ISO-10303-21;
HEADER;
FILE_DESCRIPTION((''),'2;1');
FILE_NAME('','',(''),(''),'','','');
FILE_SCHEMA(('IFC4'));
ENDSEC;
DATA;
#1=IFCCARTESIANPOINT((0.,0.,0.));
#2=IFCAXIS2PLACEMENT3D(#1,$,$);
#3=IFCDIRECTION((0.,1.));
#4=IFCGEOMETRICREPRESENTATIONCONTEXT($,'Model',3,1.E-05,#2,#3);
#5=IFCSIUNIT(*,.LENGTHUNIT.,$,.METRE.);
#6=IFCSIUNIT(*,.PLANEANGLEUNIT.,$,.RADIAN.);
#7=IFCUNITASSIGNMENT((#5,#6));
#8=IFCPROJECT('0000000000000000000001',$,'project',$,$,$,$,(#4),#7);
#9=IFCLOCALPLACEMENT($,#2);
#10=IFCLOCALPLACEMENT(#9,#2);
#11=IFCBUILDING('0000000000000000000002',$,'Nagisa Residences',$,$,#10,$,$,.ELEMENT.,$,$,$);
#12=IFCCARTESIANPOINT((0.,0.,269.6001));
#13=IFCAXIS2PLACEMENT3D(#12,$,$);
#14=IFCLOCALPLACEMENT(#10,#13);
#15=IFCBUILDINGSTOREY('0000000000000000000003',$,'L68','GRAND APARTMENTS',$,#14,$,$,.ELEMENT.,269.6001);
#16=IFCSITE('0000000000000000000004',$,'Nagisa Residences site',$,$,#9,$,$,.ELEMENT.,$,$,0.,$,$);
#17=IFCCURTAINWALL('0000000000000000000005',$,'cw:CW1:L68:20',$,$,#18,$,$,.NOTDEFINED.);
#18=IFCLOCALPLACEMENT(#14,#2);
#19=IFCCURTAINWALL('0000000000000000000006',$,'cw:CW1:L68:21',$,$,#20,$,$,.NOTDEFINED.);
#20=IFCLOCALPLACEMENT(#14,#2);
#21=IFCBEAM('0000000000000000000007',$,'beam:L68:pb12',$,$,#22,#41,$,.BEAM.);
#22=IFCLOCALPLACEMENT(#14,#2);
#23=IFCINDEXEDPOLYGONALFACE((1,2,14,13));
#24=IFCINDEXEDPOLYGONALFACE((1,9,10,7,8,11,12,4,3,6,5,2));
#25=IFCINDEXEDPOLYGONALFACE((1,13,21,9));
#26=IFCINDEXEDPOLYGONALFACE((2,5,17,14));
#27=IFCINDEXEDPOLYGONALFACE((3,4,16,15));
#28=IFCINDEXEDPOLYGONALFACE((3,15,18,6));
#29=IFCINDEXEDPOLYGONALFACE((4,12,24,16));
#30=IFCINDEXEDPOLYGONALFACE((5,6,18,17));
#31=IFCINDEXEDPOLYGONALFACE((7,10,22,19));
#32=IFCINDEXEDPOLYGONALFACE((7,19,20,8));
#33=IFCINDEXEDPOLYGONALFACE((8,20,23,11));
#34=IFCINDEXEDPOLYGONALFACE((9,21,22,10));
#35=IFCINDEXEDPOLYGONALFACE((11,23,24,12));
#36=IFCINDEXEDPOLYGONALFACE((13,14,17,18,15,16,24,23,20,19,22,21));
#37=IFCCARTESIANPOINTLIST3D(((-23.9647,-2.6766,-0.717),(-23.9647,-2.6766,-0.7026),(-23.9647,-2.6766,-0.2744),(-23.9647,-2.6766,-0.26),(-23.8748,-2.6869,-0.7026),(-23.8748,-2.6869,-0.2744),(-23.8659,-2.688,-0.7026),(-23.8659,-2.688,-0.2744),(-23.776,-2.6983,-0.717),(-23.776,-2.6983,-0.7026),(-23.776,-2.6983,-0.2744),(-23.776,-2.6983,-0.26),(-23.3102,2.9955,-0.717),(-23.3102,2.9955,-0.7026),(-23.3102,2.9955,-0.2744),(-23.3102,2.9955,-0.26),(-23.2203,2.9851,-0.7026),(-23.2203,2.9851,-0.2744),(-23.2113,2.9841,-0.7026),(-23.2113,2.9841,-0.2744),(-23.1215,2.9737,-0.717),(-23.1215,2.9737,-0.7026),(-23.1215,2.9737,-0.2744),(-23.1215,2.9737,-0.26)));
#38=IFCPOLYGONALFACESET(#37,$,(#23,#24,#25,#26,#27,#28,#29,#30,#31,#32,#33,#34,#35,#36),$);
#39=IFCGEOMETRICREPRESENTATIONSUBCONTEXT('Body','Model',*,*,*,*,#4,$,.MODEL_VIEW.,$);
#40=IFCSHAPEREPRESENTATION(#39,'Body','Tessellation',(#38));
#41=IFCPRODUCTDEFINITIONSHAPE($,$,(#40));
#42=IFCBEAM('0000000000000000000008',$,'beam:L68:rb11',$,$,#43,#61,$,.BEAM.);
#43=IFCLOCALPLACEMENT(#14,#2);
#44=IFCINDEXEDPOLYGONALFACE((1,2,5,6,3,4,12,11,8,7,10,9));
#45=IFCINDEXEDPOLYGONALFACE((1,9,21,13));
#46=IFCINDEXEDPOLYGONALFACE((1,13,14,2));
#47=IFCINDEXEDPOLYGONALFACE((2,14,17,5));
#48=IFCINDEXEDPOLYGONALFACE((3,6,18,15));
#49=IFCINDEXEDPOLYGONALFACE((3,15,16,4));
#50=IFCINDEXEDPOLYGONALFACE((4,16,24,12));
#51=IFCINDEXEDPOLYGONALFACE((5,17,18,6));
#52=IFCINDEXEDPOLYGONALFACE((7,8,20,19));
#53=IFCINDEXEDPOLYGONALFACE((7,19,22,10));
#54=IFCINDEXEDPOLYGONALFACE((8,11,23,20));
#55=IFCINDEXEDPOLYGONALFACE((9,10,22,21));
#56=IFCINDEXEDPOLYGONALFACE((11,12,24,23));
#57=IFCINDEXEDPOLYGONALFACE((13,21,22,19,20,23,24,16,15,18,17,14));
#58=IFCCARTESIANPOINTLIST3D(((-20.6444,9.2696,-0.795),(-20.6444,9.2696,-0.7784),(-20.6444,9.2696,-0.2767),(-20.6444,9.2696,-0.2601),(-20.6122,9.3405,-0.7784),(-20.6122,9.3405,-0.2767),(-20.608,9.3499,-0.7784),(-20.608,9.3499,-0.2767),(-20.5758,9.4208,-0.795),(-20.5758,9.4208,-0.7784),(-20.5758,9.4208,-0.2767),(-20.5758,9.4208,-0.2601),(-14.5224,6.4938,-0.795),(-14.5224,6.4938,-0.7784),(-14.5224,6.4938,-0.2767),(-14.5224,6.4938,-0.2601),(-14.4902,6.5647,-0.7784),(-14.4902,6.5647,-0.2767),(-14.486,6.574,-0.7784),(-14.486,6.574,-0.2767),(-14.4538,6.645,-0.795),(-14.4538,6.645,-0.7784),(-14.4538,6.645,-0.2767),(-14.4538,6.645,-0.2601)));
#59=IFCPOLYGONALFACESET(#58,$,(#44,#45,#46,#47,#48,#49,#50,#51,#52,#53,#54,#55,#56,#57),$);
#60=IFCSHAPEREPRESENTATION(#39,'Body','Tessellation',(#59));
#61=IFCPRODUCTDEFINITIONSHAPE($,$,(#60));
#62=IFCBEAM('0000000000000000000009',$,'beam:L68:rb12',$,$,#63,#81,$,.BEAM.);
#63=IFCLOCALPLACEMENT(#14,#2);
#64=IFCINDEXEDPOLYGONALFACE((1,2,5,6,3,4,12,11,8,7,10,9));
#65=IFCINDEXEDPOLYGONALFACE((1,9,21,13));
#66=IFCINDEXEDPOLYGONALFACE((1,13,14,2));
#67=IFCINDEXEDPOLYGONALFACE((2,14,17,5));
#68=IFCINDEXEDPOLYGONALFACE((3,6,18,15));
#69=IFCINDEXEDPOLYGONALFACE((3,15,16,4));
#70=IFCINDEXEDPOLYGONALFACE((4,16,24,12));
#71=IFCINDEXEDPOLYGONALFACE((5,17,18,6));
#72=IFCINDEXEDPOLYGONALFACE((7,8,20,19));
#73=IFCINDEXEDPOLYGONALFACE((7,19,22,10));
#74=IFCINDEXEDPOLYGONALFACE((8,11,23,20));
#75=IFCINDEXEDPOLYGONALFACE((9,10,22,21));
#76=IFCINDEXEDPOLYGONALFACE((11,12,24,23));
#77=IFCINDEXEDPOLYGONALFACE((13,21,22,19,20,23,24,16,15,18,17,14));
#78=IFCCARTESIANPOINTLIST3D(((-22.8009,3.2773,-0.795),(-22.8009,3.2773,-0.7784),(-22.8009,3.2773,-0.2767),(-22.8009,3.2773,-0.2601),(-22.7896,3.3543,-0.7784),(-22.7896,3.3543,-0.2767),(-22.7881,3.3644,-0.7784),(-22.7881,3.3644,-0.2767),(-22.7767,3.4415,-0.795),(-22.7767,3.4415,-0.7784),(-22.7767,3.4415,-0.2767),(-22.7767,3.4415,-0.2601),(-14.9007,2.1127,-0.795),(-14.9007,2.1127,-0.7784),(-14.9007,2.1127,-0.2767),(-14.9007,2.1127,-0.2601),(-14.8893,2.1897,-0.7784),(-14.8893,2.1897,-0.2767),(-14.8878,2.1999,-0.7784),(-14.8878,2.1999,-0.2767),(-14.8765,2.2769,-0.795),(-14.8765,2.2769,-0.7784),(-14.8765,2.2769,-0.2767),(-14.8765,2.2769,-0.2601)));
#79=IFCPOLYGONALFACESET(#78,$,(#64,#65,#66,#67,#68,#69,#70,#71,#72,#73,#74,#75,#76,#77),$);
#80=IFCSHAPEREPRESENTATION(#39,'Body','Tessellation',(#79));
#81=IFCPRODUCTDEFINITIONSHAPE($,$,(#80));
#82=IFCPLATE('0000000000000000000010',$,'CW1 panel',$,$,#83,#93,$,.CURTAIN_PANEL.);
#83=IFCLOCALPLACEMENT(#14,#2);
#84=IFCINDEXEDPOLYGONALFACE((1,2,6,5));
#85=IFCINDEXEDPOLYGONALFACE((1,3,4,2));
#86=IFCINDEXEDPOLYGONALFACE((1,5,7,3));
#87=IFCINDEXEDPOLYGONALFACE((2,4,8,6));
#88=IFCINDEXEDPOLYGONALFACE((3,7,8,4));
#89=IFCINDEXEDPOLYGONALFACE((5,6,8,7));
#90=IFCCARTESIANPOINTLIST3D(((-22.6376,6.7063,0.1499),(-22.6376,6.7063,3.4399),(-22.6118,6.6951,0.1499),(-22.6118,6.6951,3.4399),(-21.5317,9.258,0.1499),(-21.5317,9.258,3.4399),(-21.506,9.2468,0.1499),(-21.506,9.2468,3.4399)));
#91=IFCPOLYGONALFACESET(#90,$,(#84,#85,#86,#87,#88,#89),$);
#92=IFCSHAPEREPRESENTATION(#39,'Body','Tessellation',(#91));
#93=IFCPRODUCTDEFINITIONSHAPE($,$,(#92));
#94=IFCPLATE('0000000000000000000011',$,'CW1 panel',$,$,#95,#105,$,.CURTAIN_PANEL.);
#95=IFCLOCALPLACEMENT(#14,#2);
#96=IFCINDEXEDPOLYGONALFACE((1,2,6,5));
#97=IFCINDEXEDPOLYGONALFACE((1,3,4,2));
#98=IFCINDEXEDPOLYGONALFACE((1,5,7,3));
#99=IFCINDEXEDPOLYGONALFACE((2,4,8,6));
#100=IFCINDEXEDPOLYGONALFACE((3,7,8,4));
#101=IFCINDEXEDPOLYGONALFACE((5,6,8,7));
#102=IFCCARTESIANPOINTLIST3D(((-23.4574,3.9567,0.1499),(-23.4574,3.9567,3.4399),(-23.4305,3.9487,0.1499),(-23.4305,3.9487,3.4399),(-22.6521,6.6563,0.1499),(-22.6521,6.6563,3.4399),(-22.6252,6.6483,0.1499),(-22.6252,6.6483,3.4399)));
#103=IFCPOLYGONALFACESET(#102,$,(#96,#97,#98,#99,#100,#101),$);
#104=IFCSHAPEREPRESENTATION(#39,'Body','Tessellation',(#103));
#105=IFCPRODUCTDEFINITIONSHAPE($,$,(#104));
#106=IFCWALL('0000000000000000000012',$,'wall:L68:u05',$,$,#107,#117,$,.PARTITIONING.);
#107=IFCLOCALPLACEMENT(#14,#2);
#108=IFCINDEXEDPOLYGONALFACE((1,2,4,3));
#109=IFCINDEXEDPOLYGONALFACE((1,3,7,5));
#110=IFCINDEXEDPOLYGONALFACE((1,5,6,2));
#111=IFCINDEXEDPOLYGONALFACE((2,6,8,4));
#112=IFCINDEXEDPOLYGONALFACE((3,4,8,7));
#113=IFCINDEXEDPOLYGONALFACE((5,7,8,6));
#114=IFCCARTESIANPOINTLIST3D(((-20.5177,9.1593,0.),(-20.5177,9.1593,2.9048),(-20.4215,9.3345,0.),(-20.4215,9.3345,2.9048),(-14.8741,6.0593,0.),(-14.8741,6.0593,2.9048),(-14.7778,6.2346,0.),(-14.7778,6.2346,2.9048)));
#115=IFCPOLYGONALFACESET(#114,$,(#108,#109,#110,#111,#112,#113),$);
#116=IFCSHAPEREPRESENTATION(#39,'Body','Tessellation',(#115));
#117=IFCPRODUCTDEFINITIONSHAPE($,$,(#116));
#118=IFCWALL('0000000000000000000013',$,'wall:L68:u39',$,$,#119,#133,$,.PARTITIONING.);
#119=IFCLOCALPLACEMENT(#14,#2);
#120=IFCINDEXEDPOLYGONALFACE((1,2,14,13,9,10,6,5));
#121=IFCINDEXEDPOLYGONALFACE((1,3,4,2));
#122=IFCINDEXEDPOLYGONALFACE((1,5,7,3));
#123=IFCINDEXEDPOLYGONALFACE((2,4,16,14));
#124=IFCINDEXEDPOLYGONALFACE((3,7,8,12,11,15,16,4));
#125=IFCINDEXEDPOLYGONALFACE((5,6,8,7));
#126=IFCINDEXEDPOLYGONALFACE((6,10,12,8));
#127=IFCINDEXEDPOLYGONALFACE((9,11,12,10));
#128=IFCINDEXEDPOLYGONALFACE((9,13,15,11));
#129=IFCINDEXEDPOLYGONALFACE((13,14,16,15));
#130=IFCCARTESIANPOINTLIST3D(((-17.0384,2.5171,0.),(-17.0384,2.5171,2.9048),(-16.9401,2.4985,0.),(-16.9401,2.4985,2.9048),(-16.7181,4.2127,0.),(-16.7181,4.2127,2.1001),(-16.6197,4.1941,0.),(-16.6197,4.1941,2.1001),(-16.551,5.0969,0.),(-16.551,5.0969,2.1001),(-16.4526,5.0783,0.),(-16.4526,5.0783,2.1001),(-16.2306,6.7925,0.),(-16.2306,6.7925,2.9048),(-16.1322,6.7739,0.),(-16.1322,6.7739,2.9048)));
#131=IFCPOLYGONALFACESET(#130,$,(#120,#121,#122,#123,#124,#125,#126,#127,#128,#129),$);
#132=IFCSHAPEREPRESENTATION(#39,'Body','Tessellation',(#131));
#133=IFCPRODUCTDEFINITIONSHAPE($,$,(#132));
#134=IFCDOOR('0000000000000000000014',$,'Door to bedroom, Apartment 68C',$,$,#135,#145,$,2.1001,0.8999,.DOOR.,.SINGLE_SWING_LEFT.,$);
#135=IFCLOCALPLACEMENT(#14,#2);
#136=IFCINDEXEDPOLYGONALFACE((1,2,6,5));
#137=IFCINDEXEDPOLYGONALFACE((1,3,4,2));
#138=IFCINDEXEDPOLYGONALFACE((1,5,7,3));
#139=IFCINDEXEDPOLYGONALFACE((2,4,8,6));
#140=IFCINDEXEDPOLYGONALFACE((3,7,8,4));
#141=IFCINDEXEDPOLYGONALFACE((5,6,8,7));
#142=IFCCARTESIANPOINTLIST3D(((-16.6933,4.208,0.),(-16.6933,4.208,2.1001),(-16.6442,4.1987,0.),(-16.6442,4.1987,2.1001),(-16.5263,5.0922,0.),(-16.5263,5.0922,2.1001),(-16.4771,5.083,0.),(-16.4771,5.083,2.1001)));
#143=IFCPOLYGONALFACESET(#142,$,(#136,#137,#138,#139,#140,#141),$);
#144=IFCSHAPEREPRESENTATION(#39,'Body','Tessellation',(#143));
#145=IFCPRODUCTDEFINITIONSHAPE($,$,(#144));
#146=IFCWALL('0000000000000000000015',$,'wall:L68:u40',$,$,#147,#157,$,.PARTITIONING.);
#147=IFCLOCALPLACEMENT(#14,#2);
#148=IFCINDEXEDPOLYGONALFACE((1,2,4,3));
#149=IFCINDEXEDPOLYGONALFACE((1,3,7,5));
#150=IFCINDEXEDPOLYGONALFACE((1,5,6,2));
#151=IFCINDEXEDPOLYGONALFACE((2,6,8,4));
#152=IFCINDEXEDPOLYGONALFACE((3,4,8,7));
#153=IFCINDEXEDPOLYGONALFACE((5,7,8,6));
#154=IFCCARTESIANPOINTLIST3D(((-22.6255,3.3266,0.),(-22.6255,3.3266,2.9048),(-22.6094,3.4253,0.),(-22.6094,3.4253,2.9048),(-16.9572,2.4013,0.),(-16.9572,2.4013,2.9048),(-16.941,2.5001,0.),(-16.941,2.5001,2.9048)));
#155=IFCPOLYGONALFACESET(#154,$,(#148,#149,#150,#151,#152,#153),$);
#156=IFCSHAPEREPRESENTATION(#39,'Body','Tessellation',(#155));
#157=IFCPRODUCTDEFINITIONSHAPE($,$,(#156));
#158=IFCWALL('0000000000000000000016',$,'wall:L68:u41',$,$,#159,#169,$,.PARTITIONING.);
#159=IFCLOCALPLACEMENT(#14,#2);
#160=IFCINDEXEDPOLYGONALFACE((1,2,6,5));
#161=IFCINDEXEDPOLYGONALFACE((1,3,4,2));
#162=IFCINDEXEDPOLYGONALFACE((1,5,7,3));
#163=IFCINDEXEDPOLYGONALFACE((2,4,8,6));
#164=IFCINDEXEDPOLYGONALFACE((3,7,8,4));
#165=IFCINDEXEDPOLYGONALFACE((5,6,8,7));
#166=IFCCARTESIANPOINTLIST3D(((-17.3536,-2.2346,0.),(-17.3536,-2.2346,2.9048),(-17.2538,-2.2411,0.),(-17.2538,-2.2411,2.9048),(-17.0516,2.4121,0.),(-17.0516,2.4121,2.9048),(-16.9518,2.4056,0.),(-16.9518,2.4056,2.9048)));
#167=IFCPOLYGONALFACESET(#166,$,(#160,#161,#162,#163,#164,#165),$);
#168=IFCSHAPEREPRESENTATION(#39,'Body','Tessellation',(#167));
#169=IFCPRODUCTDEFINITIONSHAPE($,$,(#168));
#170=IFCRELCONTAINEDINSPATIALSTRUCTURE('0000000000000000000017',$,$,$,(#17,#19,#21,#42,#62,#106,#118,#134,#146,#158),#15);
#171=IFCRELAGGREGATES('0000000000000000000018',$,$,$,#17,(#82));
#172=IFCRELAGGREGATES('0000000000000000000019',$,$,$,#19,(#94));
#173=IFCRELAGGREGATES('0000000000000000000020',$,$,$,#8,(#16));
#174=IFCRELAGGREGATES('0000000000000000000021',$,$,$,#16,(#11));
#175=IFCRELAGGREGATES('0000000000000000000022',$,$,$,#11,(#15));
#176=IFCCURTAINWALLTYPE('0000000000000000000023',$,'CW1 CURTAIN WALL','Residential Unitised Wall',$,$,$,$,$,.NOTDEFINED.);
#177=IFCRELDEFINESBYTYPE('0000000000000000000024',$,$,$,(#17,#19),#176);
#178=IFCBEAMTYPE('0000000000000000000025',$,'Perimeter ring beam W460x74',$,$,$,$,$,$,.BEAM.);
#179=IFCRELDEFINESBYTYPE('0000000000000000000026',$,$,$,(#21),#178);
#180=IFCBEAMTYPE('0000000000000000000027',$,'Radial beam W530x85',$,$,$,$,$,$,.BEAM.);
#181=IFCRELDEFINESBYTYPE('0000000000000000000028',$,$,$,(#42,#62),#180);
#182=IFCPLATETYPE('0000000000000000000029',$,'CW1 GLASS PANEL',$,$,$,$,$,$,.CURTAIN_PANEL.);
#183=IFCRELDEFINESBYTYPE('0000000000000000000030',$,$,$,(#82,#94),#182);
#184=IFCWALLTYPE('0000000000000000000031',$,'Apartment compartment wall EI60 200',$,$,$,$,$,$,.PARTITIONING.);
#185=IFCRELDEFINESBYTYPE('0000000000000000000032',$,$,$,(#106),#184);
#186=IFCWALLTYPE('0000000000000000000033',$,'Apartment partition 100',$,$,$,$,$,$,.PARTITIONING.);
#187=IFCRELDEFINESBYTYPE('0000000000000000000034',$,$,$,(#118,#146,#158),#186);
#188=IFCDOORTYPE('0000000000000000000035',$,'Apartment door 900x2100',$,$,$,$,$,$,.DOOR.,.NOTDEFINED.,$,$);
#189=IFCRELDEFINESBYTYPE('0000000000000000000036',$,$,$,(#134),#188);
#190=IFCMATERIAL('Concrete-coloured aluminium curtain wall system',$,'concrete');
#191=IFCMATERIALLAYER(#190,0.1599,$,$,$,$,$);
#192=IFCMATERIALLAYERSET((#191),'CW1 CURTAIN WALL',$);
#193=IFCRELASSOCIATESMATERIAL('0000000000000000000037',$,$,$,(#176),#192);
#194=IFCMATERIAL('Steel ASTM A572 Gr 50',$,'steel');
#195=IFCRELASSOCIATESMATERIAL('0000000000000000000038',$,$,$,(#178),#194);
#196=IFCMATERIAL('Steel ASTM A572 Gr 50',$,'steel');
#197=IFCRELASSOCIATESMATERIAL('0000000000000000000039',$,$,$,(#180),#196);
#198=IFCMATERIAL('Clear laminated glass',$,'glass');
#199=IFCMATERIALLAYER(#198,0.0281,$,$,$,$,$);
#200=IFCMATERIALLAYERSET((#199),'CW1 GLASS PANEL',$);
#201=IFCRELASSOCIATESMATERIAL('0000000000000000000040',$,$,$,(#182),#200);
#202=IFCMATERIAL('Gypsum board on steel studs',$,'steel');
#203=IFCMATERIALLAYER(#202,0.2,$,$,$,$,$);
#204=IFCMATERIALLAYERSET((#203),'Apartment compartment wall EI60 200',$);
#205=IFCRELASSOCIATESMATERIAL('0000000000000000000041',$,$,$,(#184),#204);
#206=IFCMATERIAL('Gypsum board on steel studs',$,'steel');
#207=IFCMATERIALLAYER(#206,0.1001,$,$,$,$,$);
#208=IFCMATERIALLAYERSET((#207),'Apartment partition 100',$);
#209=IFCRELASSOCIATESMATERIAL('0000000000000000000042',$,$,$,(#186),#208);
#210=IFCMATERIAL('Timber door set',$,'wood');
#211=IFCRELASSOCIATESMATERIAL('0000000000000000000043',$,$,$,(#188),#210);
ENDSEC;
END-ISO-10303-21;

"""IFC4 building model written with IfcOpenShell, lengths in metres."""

from ifc_helpers import new_model, si_unit, direction, frame, frame_2d, origin, origin_2d, place, context, subcontext, project, spatial, rectangle, i_section, extrude, material, layer, layer_set, material_profile, profile_set, type_object, element, fill, aggregate, save


model = new_model("IFC4")

# Units and contexts
model_context = context("Model", 3, precision=1e-05, world=origin(), true_north=direction((0.0, 1.0)))
body_context = subcontext(model_context, "Body", "Model", "MODEL_VIEW")
ifc_project = project(units=[si_unit("LENGTHUNIT", "METRE"), si_unit("PLANEANGLEUNIT", "RADIAN")], contexts=[model_context])

# Site, building, storey
site_placement = place(None, origin())
site = spatial("IfcSite", under=ifc_project, at=site_placement, Name="Nagisa Residences site", CompositionType="ELEMENT", RefElevation=0.0)
building_placement = place(site_placement, origin())
building = spatial("IfcBuilding", under=site, at=building_placement, Name="Nagisa Residences", CompositionType="ELEMENT")
storey_placement = place(building_placement, frame((0.0, 0.0, 269.6001)))
storey = spatial("IfcBuildingStorey", under=building, at=storey_placement, Name="L68", Description="GRAND APARTMENTS", CompositionType="ELEMENT", Elevation=269.6001)

# Curtain walls
ifc_material_1 = material(Name="Concrete-coloured aluminium curtain wall system", Category="concrete")
ifc_layer_1 = layer(ifc_material_1, 0.1599)
ifc_layer_set_1 = layer_set([ifc_layer_1], Name="CW1 CURTAIN WALL")
curtain_wall_type = type_object("IfcCurtainWallType", Name="CW1 CURTAIN WALL", Description="Residential Unitised Wall", PredefinedType="NOTDEFINED", material=ifc_layer_set_1)
curtain_wall_1_placement = place(storey_placement, origin())
curtain_wall_1 = element("IfcCurtainWall", 1, at=curtain_wall_1_placement, inside=storey, type_object=curtain_wall_type, Name="cw:CW1:L68:20", PredefinedType="NOTDEFINED")
curtain_wall_2_placement = place(storey_placement, origin())
curtain_wall_2 = element("IfcCurtainWall", 2, at=curtain_wall_2_placement, inside=storey, type_object=curtain_wall_type, Name="cw:CW1:L68:21", PredefinedType="NOTDEFINED")

# Beams
ifc_material_2 = material(Name="Steel ASTM A572 Gr 50", Category="steel")
ifc_material_profile_1 = material_profile(ifc_material_2, i_section(OverallWidth=0.1899, OverallDepth=0.457, WebThickness=0.009, FlangeThickness=0.0144, at=origin_2d()), Name="W460x74")
ifc_profile_set_1 = profile_set([ifc_material_profile_1], Name="Steel ASTM A572 Gr 50")
beam_type_1 = type_object("IfcBeamType", Name="Perimeter ring beam W460x74", PredefinedType="BEAM", material=ifc_profile_set_1)
beam_1_placement = place(storey_placement, frame((-23.2158, 2.9846, -0.4885), z_axis=(-0.114635, -0.993408, 0.0), x_axis=(0.993408, -0.114635, 0.0)))
element("IfcBeam", 3, at=beam_1_placement, inside=storey, type_object=beam_type_1, Name="beam:L68:pb12", PredefinedType="BEAM", context=body_context, shape_type="SweptSolid", body=[
    extrude(i_section(OverallWidth=0.1899, OverallDepth=0.457, WebThickness=0.009, FlangeThickness=0.0144, at=origin_2d()), origin(), (0.0, 0.0, 1.0), 5.7097),
])
ifc_material_3 = material(Name="Steel ASTM A572 Gr 50", Category="steel")
ifc_material_profile_2 = material_profile(ifc_material_3, i_section(OverallWidth=0.166, OverallDepth=0.5349, WebThickness=0.0103, FlangeThickness=0.0166, at=origin_2d()), Name="W530x85")
ifc_profile_set_2 = profile_set([ifc_material_profile_2], Name="Steel ASTM A572 Gr 50")
beam_type_2 = type_object("IfcBeamType", Name="Radial beam W530x85", PredefinedType="BEAM", material=ifc_profile_set_2)
beam_2_placement = place(storey_placement, frame((-20.6101, 9.3452, -0.5276), z_axis=(0.910752, -0.412954, 0.0), x_axis=(0.412954, 0.910752, 0.0)))
element("IfcBeam", 4, at=beam_2_placement, inside=storey, type_object=beam_type_2, Name="beam:L68:rb11", PredefinedType="BEAM", context=body_context, shape_type="SweptSolid", body=[
    extrude(i_section(OverallWidth=0.166, OverallDepth=0.5349, WebThickness=0.0103, FlangeThickness=0.0166, at=origin_2d()), origin(), (0.0, 0.0, 1.0), 6.7219),
])
beam_3_placement = place(storey_placement, frame((-22.7888, 3.3594, -0.5276), z_axis=(0.989309, -0.145833, 0.0), x_axis=(0.145833, 0.989309, 0.0)))
element("IfcBeam", 5, at=beam_3_placement, inside=storey, type_object=beam_type_2, Name="beam:L68:rb12", PredefinedType="BEAM", context=body_context, shape_type="SweptSolid", body=[
    extrude(i_section(OverallWidth=0.166, OverallDepth=0.5349, WebThickness=0.0103, FlangeThickness=0.0166, at=origin_2d()), origin(), (0.0, 0.0, 1.0), 7.9856),
])

# Plates
ifc_material_4 = material(Name="Clear laminated glass", Category="glass")
ifc_layer_2 = layer(ifc_material_4, 0.0281)
ifc_layer_set_2 = layer_set([ifc_layer_2], Name="CW1 GLASS PANEL")
plate_type = type_object("IfcPlateType", Name="CW1 GLASS PANEL", PredefinedType="CURTAIN_PANEL", material=ifc_layer_set_2)
plate_1_placement = place(storey_placement, frame((-22.0718, 7.9766, 0.1499), z_axis=(0.0, 0.0, 1.0), x_axis=(-0.397636, -0.917543, 0.0)))
plate_1 = element("IfcPlate", 6, at=plate_1_placement, type_object=plate_type, Name="CW1 panel", PredefinedType="CURTAIN_PANEL", context=body_context, shape_type="SweptSolid", body=[
    extrude(rectangle(XDim=2.781, YDim=0.0281, at=origin_2d()), origin(), (0.0, 0.0, 1.0), 3.29),
])
aggregate(curtain_wall_1, [plate_1])
plate_2_placement = place(storey_placement, frame((-23.0413, 5.3025, 0.1499), z_axis=(0.0, 0.0, 1.0), x_axis=(-0.28586, -0.958271, 0.0)))
plate_2 = element("IfcPlate", 7, at=plate_2_placement, type_object=plate_type, Name="CW1 panel", PredefinedType="CURTAIN_PANEL", context=body_context, shape_type="SweptSolid", body=[
    extrude(rectangle(XDim=2.8171, YDim=0.0281, at=origin_2d()), origin(), (0.0, 0.0, 1.0), 3.29),
])
aggregate(curtain_wall_2, [plate_2])

# Wall
ifc_material_5 = material(Name="Gypsum board on steel studs", Category="steel")
ifc_layer_3 = layer(ifc_material_5, 0.2)
ifc_layer_set_3 = layer_set([ifc_layer_3], Name="Apartment compartment wall EI60 200")
wall_type_1 = type_object("IfcWallType", Name="Apartment compartment wall EI60 200", PredefinedType="PARTITIONING", material=ifc_layer_set_3)
wall_1_placement = place(storey_placement, frame((-14.8259, 6.147, 0.0), z_axis=(0.0, 0.0, 1.0), x_axis=(-0.876485, 0.48143, 0.0)))
element("IfcWall", 8, at=wall_1_placement, inside=storey, type_object=wall_type_1, Name="wall:L68:u05", PredefinedType="PARTITIONING", context=body_context, shape_type="SweptSolid", body=[
    extrude(rectangle(XDim=6.439, YDim=0.2, at=frame_2d((3.2195, 0.0))), origin(), (0.0, 0.0, 1.0), 2.9048),
])

# Wall, opening, door
ifc_material_6 = material(Name="Gypsum board on steel studs", Category="steel")
ifc_layer_4 = layer(ifc_material_6, 0.1001)
ifc_layer_set_4 = layer_set([ifc_layer_4], Name="Apartment partition 100")
wall_type_2 = type_object("IfcWallType", Name="Apartment partition 100", PredefinedType="PARTITIONING", material=ifc_layer_set_4)
wall_2_placement = place(storey_placement, frame((-16.1814, 6.7832, 0.0), z_axis=(0.0, 0.0, 1.0), x_axis=(-0.185671, -0.982612, 0.0)))
wall_2 = element("IfcWall", 9, at=wall_2_placement, inside=storey, type_object=wall_type_2, Name="wall:L68:u39", PredefinedType="PARTITIONING", context=body_context, shape_type="SweptSolid", body=[
    extrude(rectangle(XDim=4.3511, YDim=0.1001, at=frame_2d((2.1755, 0.0))), origin(), (0.0, 0.0, 1.0), 2.9048),
])
opening_1_placement = place(wall_2_placement, frame((1.7256, 0.0, 0.0)))
opening_1 = element("IfcOpeningElement", 10, at=opening_1_placement, cuts=wall_2, PredefinedType="OPENING", context=body_context, shape_type="SweptSolid", body=[
    extrude(rectangle(XDim=0.8999, YDim=2.1001, at=frame_2d((0.45, 1.05))), frame((0.0, 0.0601, 0.0), z_axis=(0.0, -1.0, 0.0), x_axis=(1.0, 0.0, 0.0)), (0.0, 0.0, 1.0), 0.1201),
])
ifc_material_7 = material(Name="Timber door set", Category="wood")
door_type_1 = type_object("IfcDoorType", Name="Apartment door 900x2100", OperationType="NOTDEFINED", PredefinedType="DOOR", material=ifc_material_7)
door_1_placement = place(opening_1_placement, frame((0.8999, 0.0, 0.0), x_axis=(-1.0, 0.0, 0.0)))
door_1 = element("IfcDoor", 11, at=door_1_placement, inside=storey, type_object=door_type_1, Name="Door to bedroom, Apartment 68C", OperationType="SINGLE_SWING_LEFT", OverallHeight=2.1001, OverallWidth=0.8999, PredefinedType="DOOR", context=body_context, shape_type="SweptSolid", body=[
    extrude(rectangle(XDim=0.8999, YDim=2.1001, at=frame_2d((0.45, 1.05))), frame((0.0, 0.0249, 0.0), z_axis=(0.0, -1.0, 0.0), x_axis=(1.0, 0.0, 0.0)), (0.0, 0.0, 1.0), 0.05),
])
fill(opening_1, door_1)

# Walls
wall_3_placement = place(storey_placement, frame((-16.9492, 2.4507, 0.0), z_axis=(0.0, 0.0, 1.0), x_axis=(-0.986938, 0.161103, 0.0)))
element("IfcWall", 12, at=wall_3_placement, inside=storey, type_object=wall_type_2, Name="wall:L68:u40", PredefinedType="PARTITIONING", context=body_context, shape_type="SweptSolid", body=[
    extrude(rectangle(XDim=5.7434, YDim=0.1001, at=frame_2d((2.8716, 0.0))), origin(), (0.0, 0.0, 1.0), 2.9048),
])
wall_4_placement = place(storey_placement, frame((-17.0017, 2.4087, 0.0), z_axis=(0.0, 0.0, 1.0), x_axis=(-0.064856, -0.997895, 0.0)))
element("IfcWall", 13, at=wall_4_placement, inside=storey, type_object=wall_type_2, Name="wall:L68:u41", PredefinedType="PARTITIONING", context=body_context, shape_type="SweptSolid", body=[
    extrude(rectangle(XDim=4.6565, YDim=0.1001, at=frame_2d((2.3281, 0.0))), origin(), (0.0, 0.0, 1.0), 2.9048),
])

save(model, "model.ifc")
